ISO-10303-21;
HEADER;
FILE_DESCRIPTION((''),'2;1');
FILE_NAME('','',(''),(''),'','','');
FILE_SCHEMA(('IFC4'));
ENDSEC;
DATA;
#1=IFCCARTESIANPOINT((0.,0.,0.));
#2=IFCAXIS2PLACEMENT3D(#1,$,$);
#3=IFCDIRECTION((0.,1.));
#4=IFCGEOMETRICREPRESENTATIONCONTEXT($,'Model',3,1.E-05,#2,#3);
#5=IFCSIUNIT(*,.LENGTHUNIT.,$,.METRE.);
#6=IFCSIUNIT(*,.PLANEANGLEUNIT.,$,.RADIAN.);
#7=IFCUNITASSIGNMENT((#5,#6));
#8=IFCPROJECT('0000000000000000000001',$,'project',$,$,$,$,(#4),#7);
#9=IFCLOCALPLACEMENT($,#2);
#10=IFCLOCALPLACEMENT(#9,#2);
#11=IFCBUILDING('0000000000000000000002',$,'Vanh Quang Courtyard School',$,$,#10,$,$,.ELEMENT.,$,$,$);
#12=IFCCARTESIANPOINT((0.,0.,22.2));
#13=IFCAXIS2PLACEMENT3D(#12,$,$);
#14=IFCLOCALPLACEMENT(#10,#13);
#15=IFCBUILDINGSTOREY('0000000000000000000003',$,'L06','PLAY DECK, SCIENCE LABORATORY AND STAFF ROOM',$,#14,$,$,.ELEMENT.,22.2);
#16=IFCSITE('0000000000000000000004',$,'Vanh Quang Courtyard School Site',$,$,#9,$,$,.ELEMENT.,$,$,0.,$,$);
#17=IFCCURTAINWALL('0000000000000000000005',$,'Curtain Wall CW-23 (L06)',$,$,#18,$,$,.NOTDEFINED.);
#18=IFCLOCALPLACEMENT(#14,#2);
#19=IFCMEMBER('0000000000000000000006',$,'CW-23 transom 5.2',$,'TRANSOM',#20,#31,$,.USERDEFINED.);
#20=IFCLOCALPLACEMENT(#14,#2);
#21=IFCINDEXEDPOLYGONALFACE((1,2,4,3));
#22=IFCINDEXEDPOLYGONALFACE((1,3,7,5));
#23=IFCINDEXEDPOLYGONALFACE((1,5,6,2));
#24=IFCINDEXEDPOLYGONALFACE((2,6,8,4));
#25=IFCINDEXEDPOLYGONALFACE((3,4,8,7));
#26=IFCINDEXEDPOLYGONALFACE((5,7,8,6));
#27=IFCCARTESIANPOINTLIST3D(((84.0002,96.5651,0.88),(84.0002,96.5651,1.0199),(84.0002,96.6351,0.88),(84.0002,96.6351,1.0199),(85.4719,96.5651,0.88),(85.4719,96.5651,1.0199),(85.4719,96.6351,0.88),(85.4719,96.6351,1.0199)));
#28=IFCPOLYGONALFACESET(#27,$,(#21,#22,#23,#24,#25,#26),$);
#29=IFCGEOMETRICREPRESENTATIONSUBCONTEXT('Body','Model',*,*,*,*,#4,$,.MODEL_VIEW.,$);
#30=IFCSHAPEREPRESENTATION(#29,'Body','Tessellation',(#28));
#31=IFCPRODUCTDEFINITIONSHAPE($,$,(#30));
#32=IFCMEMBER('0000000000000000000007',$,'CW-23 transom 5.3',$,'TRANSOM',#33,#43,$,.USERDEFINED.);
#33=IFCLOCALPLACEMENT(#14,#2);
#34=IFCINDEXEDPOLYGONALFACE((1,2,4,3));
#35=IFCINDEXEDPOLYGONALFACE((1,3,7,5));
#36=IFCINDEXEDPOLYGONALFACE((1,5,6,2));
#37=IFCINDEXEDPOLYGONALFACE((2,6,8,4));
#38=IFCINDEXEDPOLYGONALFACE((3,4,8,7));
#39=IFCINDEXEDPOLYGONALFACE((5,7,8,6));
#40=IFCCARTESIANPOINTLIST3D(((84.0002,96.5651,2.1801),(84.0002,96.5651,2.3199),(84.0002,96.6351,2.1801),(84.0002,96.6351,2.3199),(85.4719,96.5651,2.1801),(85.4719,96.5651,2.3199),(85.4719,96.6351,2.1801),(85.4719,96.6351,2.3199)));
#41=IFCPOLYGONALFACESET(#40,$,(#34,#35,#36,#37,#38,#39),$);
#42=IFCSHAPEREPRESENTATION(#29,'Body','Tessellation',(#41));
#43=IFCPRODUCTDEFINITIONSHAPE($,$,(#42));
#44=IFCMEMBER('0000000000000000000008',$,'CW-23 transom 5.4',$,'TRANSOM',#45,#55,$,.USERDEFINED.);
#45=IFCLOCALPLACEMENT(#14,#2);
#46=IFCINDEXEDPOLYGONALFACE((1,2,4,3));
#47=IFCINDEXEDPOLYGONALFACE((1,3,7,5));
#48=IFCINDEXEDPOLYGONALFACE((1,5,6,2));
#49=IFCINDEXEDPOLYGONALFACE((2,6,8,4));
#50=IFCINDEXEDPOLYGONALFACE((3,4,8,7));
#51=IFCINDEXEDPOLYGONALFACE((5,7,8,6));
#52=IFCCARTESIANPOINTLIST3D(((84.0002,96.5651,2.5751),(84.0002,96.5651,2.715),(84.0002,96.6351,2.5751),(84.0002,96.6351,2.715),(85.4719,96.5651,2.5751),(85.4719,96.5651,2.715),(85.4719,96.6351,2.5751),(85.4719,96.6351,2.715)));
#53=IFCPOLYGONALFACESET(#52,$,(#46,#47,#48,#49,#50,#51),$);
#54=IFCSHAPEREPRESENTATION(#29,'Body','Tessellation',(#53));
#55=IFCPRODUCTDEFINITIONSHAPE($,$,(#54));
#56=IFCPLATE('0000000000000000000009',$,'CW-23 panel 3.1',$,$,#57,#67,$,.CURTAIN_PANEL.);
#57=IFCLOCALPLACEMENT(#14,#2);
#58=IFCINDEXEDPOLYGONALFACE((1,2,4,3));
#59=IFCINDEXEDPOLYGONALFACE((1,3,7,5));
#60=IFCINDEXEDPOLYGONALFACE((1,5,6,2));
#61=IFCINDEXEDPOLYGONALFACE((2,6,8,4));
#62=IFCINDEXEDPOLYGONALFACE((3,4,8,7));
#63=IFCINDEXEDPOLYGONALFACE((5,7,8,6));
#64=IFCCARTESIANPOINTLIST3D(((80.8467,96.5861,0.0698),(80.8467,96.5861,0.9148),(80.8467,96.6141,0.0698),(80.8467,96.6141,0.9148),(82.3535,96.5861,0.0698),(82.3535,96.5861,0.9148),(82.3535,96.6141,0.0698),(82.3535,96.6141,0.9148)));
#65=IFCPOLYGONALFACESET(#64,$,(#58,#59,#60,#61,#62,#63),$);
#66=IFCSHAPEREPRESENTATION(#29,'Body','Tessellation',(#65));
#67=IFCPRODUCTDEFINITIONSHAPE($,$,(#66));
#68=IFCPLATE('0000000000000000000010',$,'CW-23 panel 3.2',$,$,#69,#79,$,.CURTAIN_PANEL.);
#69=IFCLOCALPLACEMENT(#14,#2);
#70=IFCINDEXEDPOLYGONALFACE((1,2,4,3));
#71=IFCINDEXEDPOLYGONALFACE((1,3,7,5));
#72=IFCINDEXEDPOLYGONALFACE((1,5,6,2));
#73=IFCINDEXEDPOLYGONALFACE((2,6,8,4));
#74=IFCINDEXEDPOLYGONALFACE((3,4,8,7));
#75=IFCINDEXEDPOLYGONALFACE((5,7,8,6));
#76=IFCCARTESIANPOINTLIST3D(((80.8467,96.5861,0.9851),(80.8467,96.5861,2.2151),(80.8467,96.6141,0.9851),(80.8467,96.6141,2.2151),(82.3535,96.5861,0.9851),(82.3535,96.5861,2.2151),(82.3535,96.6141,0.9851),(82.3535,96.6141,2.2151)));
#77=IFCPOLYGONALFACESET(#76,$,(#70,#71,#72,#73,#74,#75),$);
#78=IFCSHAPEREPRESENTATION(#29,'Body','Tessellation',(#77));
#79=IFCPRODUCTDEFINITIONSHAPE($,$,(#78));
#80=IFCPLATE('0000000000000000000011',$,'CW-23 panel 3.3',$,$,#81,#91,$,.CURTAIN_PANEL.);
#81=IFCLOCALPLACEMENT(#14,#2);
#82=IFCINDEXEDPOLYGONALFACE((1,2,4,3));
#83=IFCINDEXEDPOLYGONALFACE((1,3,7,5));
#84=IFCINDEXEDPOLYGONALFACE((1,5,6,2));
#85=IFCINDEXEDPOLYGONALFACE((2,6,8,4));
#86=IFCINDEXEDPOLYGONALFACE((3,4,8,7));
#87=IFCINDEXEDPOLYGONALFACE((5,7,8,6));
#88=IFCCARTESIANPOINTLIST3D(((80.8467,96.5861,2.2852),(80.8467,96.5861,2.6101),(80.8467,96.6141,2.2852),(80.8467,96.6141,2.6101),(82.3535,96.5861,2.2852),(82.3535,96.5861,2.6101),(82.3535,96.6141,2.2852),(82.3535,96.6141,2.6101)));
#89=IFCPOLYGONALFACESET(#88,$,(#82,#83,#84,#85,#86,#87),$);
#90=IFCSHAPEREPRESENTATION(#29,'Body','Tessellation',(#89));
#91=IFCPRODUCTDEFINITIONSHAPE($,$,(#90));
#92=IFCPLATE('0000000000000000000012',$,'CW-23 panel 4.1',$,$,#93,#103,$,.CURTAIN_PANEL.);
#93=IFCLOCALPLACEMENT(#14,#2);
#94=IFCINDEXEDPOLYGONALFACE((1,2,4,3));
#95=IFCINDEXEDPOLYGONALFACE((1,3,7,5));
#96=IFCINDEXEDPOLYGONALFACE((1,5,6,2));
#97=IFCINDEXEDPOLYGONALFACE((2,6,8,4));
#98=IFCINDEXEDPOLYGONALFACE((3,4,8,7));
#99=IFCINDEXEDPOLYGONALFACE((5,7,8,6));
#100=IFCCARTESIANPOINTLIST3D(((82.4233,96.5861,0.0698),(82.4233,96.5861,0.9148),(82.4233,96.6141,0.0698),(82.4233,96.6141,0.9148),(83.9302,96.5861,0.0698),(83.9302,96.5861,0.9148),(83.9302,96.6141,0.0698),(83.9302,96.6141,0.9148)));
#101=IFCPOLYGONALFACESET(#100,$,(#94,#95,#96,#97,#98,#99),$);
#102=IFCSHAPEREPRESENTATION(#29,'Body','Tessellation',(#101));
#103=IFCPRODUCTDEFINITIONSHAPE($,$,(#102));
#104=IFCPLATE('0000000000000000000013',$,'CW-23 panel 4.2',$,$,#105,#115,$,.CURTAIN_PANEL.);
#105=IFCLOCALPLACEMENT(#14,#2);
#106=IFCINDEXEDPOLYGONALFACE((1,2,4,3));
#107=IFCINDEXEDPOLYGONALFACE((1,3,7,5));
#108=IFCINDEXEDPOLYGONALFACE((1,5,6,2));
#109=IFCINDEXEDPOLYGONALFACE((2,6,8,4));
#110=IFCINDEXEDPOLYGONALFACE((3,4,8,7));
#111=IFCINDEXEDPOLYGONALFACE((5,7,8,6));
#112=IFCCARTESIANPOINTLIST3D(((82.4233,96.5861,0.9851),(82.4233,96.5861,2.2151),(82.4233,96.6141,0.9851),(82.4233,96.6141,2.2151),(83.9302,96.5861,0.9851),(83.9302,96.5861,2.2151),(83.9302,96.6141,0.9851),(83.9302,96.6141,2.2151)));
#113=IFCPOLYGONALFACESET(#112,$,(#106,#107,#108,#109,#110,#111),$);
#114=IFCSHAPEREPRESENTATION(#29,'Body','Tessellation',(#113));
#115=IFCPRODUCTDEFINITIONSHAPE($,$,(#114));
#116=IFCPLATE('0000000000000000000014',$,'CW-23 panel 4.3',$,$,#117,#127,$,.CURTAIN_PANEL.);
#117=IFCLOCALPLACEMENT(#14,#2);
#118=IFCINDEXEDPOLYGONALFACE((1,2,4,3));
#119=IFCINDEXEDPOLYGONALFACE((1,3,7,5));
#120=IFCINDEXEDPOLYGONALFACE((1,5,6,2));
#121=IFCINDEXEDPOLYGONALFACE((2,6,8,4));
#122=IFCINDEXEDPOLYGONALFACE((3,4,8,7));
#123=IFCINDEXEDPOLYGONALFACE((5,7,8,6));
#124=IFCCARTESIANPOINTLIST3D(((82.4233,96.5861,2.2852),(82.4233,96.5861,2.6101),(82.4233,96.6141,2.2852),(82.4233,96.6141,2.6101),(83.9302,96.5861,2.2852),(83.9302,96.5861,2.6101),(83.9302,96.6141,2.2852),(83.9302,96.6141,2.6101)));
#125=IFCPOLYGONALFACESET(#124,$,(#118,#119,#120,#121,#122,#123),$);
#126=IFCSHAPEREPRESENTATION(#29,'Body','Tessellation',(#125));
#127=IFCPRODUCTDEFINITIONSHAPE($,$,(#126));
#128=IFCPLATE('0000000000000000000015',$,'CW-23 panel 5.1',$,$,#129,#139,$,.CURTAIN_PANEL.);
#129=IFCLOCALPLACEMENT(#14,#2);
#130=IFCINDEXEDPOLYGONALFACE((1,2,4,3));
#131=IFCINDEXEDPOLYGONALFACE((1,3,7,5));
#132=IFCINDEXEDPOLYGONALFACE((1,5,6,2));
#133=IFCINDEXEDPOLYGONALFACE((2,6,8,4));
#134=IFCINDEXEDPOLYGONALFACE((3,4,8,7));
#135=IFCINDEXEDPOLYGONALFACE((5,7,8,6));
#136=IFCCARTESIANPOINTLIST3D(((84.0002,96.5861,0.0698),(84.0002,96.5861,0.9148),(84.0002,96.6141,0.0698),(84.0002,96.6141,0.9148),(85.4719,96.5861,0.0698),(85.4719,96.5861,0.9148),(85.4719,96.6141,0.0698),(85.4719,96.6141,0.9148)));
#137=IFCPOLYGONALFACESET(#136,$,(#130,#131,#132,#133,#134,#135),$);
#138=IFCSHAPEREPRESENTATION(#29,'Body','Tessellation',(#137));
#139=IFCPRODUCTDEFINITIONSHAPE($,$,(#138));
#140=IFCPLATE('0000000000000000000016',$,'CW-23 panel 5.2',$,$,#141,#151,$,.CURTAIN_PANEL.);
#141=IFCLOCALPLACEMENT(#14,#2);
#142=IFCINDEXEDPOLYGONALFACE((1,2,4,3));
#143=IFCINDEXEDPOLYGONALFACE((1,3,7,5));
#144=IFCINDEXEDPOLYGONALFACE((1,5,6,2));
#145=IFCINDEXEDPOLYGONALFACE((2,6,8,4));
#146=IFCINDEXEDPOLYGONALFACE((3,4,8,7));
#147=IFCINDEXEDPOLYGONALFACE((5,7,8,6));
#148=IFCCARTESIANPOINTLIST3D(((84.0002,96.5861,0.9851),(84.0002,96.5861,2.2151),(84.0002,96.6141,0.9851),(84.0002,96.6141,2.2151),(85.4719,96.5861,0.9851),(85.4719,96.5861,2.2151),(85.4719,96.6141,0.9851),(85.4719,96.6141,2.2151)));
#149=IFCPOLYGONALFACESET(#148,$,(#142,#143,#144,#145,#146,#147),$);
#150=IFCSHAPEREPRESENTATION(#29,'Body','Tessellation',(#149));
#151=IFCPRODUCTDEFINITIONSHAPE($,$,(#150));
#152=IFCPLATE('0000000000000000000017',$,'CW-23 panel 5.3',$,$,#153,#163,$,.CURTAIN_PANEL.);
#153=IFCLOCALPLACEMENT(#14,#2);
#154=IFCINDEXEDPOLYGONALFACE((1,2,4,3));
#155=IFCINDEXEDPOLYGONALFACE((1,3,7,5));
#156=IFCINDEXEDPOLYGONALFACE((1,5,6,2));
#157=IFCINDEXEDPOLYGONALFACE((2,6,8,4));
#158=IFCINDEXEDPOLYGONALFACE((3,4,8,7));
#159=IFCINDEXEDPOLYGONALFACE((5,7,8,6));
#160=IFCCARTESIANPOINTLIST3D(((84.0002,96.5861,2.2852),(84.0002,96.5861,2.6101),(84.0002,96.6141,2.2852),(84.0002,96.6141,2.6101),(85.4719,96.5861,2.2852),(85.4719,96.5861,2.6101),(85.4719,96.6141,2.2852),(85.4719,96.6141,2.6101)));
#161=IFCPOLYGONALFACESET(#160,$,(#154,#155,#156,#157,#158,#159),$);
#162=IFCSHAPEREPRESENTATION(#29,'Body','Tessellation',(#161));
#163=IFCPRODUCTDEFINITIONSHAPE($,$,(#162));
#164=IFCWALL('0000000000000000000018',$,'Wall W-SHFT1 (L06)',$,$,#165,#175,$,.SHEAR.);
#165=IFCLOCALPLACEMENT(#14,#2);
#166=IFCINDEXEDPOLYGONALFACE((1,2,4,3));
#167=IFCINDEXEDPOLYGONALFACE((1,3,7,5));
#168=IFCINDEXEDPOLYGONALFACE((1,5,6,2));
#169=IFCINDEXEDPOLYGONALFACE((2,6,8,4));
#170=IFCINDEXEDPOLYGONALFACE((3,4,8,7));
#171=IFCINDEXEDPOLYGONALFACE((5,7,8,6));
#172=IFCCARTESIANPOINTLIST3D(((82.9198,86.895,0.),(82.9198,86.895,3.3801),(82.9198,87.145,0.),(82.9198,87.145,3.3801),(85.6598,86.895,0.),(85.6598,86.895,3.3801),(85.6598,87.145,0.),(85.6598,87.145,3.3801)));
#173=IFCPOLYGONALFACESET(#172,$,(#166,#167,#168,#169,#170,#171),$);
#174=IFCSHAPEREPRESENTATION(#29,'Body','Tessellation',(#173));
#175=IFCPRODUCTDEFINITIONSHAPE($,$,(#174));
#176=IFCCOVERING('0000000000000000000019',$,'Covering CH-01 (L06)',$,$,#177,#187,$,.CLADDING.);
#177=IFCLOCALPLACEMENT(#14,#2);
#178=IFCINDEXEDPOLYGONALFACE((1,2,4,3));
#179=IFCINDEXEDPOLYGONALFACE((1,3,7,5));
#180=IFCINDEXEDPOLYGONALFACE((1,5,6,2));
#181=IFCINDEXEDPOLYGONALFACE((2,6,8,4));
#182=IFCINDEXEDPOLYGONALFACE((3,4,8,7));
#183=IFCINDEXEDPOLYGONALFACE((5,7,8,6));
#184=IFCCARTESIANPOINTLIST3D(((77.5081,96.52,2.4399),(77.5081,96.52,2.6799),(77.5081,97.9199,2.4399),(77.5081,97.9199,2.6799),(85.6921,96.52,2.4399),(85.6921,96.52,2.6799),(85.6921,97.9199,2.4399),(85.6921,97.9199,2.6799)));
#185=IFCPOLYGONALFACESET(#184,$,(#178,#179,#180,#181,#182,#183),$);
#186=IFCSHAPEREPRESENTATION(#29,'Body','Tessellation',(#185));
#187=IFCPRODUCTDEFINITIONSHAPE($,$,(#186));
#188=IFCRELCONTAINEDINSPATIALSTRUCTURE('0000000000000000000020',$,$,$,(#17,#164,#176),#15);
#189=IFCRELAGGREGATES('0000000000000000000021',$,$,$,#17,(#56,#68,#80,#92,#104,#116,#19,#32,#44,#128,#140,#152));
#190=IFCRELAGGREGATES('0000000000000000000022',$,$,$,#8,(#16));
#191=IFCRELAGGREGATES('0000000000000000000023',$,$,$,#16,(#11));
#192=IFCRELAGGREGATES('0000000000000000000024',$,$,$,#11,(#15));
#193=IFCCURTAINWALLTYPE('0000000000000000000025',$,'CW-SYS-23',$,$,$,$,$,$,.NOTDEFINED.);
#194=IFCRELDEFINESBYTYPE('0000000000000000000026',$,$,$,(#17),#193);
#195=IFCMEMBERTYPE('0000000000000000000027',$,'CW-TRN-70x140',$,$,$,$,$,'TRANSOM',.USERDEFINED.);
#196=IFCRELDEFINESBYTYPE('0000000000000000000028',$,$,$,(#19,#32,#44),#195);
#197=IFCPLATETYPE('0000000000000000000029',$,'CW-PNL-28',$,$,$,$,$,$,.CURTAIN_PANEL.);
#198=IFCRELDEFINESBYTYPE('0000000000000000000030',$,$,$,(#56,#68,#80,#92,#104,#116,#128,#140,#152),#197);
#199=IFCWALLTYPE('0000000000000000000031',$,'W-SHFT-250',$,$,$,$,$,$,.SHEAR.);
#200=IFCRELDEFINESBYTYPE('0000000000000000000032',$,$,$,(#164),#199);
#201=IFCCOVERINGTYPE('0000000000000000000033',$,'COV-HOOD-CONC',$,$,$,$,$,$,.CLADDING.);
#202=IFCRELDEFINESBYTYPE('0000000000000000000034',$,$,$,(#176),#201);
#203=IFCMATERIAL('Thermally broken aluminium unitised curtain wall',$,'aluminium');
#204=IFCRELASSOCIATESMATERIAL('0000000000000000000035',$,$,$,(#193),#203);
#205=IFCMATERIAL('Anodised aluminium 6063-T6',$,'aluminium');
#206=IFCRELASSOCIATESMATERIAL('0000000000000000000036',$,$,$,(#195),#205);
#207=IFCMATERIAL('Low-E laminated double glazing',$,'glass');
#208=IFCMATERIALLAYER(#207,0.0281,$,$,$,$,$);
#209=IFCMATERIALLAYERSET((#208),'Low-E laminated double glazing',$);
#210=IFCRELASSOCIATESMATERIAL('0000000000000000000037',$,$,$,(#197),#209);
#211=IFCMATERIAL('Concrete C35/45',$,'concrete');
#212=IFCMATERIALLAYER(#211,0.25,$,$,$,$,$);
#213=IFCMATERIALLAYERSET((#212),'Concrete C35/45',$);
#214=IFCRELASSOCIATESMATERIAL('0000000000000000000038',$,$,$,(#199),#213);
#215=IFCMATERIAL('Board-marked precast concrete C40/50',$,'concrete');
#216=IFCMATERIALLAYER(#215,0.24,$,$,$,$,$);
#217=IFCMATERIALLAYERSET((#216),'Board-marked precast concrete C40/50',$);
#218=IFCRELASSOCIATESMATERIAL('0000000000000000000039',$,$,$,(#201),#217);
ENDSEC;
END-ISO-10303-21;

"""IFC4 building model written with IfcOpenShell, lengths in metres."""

from ifc_helpers import new_model, si_unit, direction, frame, frame_2d, origin, origin_2d, place, context, subcontext, project, spatial, rectangle, extrude, material, layer, layer_set, material_profile, profile_set, type_object, element, aggregate, save


model = new_model("IFC4")

# Units and contexts
model_context = context("Model", 3, precision=1e-05, world=origin(), true_north=direction((0.0, 1.0)))
body_context = subcontext(model_context, "Body", "Model", "MODEL_VIEW")
ifc_project = project(units=[si_unit("LENGTHUNIT", "METRE"), si_unit("PLANEANGLEUNIT", "RADIAN")], contexts=[model_context])

# Site, building, storey
site_placement = place(None, origin())
site = spatial("IfcSite", under=ifc_project, at=site_placement, Name="Vanh Quang Courtyard School Site", CompositionType="ELEMENT", RefElevation=0.0)
building_placement = place(site_placement, origin())
building = spatial("IfcBuilding", under=site, at=building_placement, Name="Vanh Quang Courtyard School", CompositionType="ELEMENT")
storey_placement = place(building_placement, frame((0.0, 0.0, 22.2)))
storey = spatial("IfcBuildingStorey", under=building, at=storey_placement, Name="L06", Description="PLAY DECK, SCIENCE LABORATORY AND STAFF ROOM", CompositionType="ELEMENT", Elevation=22.2)

# Shared definitions
ifc_material_1 = material(Name="Concrete C35/45", Category="concrete")

# Curtain wall, members, plates
ifc_material_2 = material(Name="Thermally broken aluminium unitised curtain wall", Category="aluminium")
curtain_wall_type = type_object("IfcCurtainWallType", Name="CW-SYS-23", PredefinedType="NOTDEFINED", material=ifc_material_2)
curtain_wall_placement = place(storey_placement, origin())
curtain_wall = element("IfcCurtainWall", 1, at=curtain_wall_placement, inside=storey, type_object=curtain_wall_type, Name="Curtain Wall CW-23 (L06)", PredefinedType="NOTDEFINED")
ifc_material_3 = material(Name="Anodised aluminium 6063-T6", Category="aluminium")
ifc_material_profile_1 = material_profile(ifc_material_3, rectangle(XDim=0.0701, YDim=0.1399, at=origin_2d()), Name="ALU-TRN 70x140")
ifc_profile_set_1 = profile_set([ifc_material_profile_1], Name="Anodised aluminium 6063-T6")
member_type_1 = type_object("IfcMemberType", Name="CW-TRN-70x140", ElementType="TRANSOM", PredefinedType="USERDEFINED", material=ifc_profile_set_1)
member_1_placement = place(storey_placement, frame((84.0002, 96.6001, 0.95), z_axis=(1.0, 0.0, 0.0), x_axis=(0.0, 1.0, 0.0)))
member_1 = element("IfcMember", 2, at=member_1_placement, type_object=member_type_1, Name="CW-23 transom 5.2", ObjectType="TRANSOM", PredefinedType="USERDEFINED", context=body_context, shape_type="SweptSolid", body=[
    extrude(rectangle(XDim=0.0701, YDim=0.1399, at=origin_2d()), origin(), (0.0, 0.0, 1.0), 1.4717),
])
member_2_placement = place(storey_placement, frame((84.0002, 96.6001, 2.25), z_axis=(1.0, 0.0, 0.0), x_axis=(0.0, 1.0, 0.0)))
member_2 = element("IfcMember", 3, at=member_2_placement, type_object=member_type_1, Name="CW-23 transom 5.3", ObjectType="TRANSOM", PredefinedType="USERDEFINED", context=body_context, shape_type="SweptSolid", body=[
    extrude(rectangle(XDim=0.0701, YDim=0.1399, at=origin_2d()), origin(), (0.0, 0.0, 1.0), 1.4717),
])
member_3_placement = place(storey_placement, frame((84.0002, 96.6001, 2.645), z_axis=(1.0, 0.0, 0.0), x_axis=(0.0, 1.0, 0.0)))
member_3 = element("IfcMember", 4, at=member_3_placement, type_object=member_type_1, Name="CW-23 transom 5.4", ObjectType="TRANSOM", PredefinedType="USERDEFINED", context=body_context, shape_type="SweptSolid", body=[
    extrude(rectangle(XDim=0.0701, YDim=0.1399, at=origin_2d()), origin(), (0.0, 0.0, 1.0), 1.4717),
])
ifc_material_4 = material(Name="Low-E laminated double glazing", Category="glass")
ifc_layer_1 = layer(ifc_material_4, 0.0281)
ifc_layer_set_1 = layer_set([ifc_layer_1], Name="Low-E laminated double glazing")
plate_type = type_object("IfcPlateType", Name="CW-PNL-28", PredefinedType="CURTAIN_PANEL", material=ifc_layer_set_1)
plate_1_placement = place(storey_placement, frame((81.6001, 96.6001, 0.0698), z_axis=(0.0, 0.0, 1.0), x_axis=(1.0, 0.0, 0.0)))
plate_1 = element("IfcPlate", 5, at=plate_1_placement, type_object=plate_type, Name="CW-23 panel 3.1", PredefinedType="CURTAIN_PANEL", context=body_context, shape_type="SweptSolid", body=[
    extrude(rectangle(XDim=1.5068, YDim=0.0281, at=origin_2d()), origin(), (0.0, 0.0, 1.0), 0.845),
])
plate_2_placement = place(storey_placement, frame((81.6001, 96.6001, 0.9851), z_axis=(0.0, 0.0, 1.0), x_axis=(1.0, 0.0, 0.0)))
plate_2 = element("IfcPlate", 6, at=plate_2_placement, type_object=plate_type, Name="CW-23 panel 3.2", PredefinedType="CURTAIN_PANEL", context=body_context, shape_type="SweptSolid", body=[
    extrude(rectangle(XDim=1.5068, YDim=0.0281, at=origin_2d()), origin(), (0.0, 0.0, 1.0), 1.23),
])
plate_3_placement = place(storey_placement, frame((81.6001, 96.6001, 2.2852), z_axis=(0.0, 0.0, 1.0), x_axis=(1.0, 0.0, 0.0)))
plate_3 = element("IfcPlate", 7, at=plate_3_placement, type_object=plate_type, Name="CW-23 panel 3.3", PredefinedType="CURTAIN_PANEL", context=body_context, shape_type="SweptSolid", body=[
    extrude(rectangle(XDim=1.5068, YDim=0.0281, at=origin_2d()), origin(), (0.0, 0.0, 1.0), 0.325),
])
plate_4_placement = place(storey_placement, frame((83.1768, 96.6001, 0.0698), z_axis=(0.0, 0.0, 1.0), x_axis=(1.0, 0.0, 0.0)))
plate_4 = element("IfcPlate", 8, at=plate_4_placement, type_object=plate_type, Name="CW-23 panel 4.1", PredefinedType="CURTAIN_PANEL", context=body_context, shape_type="SweptSolid", body=[
    extrude(rectangle(XDim=1.5068, YDim=0.0281, at=origin_2d()), origin(), (0.0, 0.0, 1.0), 0.845),
])
plate_5_placement = place(storey_placement, frame((83.1768, 96.6001, 0.9851), z_axis=(0.0, 0.0, 1.0), x_axis=(1.0, 0.0, 0.0)))
plate_5 = element("IfcPlate", 9, at=plate_5_placement, type_object=plate_type, Name="CW-23 panel 4.2", PredefinedType="CURTAIN_PANEL", context=body_context, shape_type="SweptSolid", body=[
    extrude(rectangle(XDim=1.5068, YDim=0.0281, at=origin_2d()), origin(), (0.0, 0.0, 1.0), 1.23),
])
plate_6_placement = place(storey_placement, frame((83.1768, 96.6001, 2.2852), z_axis=(0.0, 0.0, 1.0), x_axis=(1.0, 0.0, 0.0)))
plate_6 = element("IfcPlate", 10, at=plate_6_placement, type_object=plate_type, Name="CW-23 panel 4.3", PredefinedType="CURTAIN_PANEL", context=body_context, shape_type="SweptSolid", body=[
    extrude(rectangle(XDim=1.5068, YDim=0.0281, at=origin_2d()), origin(), (0.0, 0.0, 1.0), 0.325),
])
plate_7_placement = place(storey_placement, frame((84.7361, 96.6001, 0.0698), z_axis=(0.0, 0.0, 1.0), x_axis=(1.0, 0.0, 0.0)))
plate_7 = element("IfcPlate", 11, at=plate_7_placement, type_object=plate_type, Name="CW-23 panel 5.1", PredefinedType="CURTAIN_PANEL", context=body_context, shape_type="SweptSolid", body=[
    extrude(rectangle(XDim=1.4717, YDim=0.0281, at=origin_2d()), origin(), (0.0, 0.0, 1.0), 0.845),
])
plate_8_placement = place(storey_placement, frame((84.7361, 96.6001, 0.9851), z_axis=(0.0, 0.0, 1.0), x_axis=(1.0, 0.0, 0.0)))
plate_8 = element("IfcPlate", 12, at=plate_8_placement, type_object=plate_type, Name="CW-23 panel 5.2", PredefinedType="CURTAIN_PANEL", context=body_context, shape_type="SweptSolid", body=[
    extrude(rectangle(XDim=1.4717, YDim=0.0281, at=origin_2d()), origin(), (0.0, 0.0, 1.0), 1.23),
])
plate_9_placement = place(storey_placement, frame((84.7361, 96.6001, 2.2852), z_axis=(0.0, 0.0, 1.0), x_axis=(1.0, 0.0, 0.0)))
plate_9 = element("IfcPlate", 13, at=plate_9_placement, type_object=plate_type, Name="CW-23 panel 5.3", PredefinedType="CURTAIN_PANEL", context=body_context, shape_type="SweptSolid", body=[
    extrude(rectangle(XDim=1.4717, YDim=0.0281, at=origin_2d()), origin(), (0.0, 0.0, 1.0), 0.325),
])
aggregate(curtain_wall, [plate_1, plate_2, plate_3, plate_4, plate_5, plate_6, member_1, member_2, member_3, plate_7, plate_8, plate_9])

# Wall
ifc_layer_2 = layer(ifc_material_1, 0.25)
ifc_layer_set_2 = layer_set([ifc_layer_2], Name="Concrete C35/45")
wall_type_1 = type_object("IfcWallType", Name="W-SHFT-250", PredefinedType="SHEAR", material=ifc_layer_set_2)
wall_1_placement = place(storey_placement, frame((85.6599, 87.02, 0.0), z_axis=(0.0, 0.0, 1.0), x_axis=(-1.0, 0.0, 0.0)))
element("IfcWall", 14, at=wall_1_placement, inside=storey, type_object=wall_type_1, Name="Wall W-SHFT1 (L06)", PredefinedType="SHEAR", context=body_context, shape_type="SweptSolid", body=[
    extrude(rectangle(XDim=2.74, YDim=0.25, at=frame_2d((1.3701, 0.0))), origin(), (0.0, 0.0, 1.0), 3.3801),
])

# Covering
ifc_material_5 = material(Name="Board-marked precast concrete C40/50", Category="concrete")
ifc_layer_3 = layer(ifc_material_5, 0.24)
ifc_layer_set_3 = layer_set([ifc_layer_3], Name="Board-marked precast concrete C40/50")
covering_type = type_object("IfcCoveringType", Name="COV-HOOD-CONC", PredefinedType="CLADDING", material=ifc_layer_set_3)
covering_placement = place(storey_placement, frame((81.6001, 97.22, 2.4399), z_axis=(0.0, 0.0, 1.0), x_axis=(1.0, 0.0, 0.0)))
element("IfcCovering", 15, at=covering_placement, inside=storey, type_object=covering_type, Name="Covering CH-01 (L06)", PredefinedType="CLADDING", context=body_context, shape_type="SweptSolid", body=[
    extrude(rectangle(XDim=8.1841, YDim=1.3999, at=origin_2d()), origin(), (0.0, 0.0, 1.0), 0.24),
])

save(model, "model.ifc")
